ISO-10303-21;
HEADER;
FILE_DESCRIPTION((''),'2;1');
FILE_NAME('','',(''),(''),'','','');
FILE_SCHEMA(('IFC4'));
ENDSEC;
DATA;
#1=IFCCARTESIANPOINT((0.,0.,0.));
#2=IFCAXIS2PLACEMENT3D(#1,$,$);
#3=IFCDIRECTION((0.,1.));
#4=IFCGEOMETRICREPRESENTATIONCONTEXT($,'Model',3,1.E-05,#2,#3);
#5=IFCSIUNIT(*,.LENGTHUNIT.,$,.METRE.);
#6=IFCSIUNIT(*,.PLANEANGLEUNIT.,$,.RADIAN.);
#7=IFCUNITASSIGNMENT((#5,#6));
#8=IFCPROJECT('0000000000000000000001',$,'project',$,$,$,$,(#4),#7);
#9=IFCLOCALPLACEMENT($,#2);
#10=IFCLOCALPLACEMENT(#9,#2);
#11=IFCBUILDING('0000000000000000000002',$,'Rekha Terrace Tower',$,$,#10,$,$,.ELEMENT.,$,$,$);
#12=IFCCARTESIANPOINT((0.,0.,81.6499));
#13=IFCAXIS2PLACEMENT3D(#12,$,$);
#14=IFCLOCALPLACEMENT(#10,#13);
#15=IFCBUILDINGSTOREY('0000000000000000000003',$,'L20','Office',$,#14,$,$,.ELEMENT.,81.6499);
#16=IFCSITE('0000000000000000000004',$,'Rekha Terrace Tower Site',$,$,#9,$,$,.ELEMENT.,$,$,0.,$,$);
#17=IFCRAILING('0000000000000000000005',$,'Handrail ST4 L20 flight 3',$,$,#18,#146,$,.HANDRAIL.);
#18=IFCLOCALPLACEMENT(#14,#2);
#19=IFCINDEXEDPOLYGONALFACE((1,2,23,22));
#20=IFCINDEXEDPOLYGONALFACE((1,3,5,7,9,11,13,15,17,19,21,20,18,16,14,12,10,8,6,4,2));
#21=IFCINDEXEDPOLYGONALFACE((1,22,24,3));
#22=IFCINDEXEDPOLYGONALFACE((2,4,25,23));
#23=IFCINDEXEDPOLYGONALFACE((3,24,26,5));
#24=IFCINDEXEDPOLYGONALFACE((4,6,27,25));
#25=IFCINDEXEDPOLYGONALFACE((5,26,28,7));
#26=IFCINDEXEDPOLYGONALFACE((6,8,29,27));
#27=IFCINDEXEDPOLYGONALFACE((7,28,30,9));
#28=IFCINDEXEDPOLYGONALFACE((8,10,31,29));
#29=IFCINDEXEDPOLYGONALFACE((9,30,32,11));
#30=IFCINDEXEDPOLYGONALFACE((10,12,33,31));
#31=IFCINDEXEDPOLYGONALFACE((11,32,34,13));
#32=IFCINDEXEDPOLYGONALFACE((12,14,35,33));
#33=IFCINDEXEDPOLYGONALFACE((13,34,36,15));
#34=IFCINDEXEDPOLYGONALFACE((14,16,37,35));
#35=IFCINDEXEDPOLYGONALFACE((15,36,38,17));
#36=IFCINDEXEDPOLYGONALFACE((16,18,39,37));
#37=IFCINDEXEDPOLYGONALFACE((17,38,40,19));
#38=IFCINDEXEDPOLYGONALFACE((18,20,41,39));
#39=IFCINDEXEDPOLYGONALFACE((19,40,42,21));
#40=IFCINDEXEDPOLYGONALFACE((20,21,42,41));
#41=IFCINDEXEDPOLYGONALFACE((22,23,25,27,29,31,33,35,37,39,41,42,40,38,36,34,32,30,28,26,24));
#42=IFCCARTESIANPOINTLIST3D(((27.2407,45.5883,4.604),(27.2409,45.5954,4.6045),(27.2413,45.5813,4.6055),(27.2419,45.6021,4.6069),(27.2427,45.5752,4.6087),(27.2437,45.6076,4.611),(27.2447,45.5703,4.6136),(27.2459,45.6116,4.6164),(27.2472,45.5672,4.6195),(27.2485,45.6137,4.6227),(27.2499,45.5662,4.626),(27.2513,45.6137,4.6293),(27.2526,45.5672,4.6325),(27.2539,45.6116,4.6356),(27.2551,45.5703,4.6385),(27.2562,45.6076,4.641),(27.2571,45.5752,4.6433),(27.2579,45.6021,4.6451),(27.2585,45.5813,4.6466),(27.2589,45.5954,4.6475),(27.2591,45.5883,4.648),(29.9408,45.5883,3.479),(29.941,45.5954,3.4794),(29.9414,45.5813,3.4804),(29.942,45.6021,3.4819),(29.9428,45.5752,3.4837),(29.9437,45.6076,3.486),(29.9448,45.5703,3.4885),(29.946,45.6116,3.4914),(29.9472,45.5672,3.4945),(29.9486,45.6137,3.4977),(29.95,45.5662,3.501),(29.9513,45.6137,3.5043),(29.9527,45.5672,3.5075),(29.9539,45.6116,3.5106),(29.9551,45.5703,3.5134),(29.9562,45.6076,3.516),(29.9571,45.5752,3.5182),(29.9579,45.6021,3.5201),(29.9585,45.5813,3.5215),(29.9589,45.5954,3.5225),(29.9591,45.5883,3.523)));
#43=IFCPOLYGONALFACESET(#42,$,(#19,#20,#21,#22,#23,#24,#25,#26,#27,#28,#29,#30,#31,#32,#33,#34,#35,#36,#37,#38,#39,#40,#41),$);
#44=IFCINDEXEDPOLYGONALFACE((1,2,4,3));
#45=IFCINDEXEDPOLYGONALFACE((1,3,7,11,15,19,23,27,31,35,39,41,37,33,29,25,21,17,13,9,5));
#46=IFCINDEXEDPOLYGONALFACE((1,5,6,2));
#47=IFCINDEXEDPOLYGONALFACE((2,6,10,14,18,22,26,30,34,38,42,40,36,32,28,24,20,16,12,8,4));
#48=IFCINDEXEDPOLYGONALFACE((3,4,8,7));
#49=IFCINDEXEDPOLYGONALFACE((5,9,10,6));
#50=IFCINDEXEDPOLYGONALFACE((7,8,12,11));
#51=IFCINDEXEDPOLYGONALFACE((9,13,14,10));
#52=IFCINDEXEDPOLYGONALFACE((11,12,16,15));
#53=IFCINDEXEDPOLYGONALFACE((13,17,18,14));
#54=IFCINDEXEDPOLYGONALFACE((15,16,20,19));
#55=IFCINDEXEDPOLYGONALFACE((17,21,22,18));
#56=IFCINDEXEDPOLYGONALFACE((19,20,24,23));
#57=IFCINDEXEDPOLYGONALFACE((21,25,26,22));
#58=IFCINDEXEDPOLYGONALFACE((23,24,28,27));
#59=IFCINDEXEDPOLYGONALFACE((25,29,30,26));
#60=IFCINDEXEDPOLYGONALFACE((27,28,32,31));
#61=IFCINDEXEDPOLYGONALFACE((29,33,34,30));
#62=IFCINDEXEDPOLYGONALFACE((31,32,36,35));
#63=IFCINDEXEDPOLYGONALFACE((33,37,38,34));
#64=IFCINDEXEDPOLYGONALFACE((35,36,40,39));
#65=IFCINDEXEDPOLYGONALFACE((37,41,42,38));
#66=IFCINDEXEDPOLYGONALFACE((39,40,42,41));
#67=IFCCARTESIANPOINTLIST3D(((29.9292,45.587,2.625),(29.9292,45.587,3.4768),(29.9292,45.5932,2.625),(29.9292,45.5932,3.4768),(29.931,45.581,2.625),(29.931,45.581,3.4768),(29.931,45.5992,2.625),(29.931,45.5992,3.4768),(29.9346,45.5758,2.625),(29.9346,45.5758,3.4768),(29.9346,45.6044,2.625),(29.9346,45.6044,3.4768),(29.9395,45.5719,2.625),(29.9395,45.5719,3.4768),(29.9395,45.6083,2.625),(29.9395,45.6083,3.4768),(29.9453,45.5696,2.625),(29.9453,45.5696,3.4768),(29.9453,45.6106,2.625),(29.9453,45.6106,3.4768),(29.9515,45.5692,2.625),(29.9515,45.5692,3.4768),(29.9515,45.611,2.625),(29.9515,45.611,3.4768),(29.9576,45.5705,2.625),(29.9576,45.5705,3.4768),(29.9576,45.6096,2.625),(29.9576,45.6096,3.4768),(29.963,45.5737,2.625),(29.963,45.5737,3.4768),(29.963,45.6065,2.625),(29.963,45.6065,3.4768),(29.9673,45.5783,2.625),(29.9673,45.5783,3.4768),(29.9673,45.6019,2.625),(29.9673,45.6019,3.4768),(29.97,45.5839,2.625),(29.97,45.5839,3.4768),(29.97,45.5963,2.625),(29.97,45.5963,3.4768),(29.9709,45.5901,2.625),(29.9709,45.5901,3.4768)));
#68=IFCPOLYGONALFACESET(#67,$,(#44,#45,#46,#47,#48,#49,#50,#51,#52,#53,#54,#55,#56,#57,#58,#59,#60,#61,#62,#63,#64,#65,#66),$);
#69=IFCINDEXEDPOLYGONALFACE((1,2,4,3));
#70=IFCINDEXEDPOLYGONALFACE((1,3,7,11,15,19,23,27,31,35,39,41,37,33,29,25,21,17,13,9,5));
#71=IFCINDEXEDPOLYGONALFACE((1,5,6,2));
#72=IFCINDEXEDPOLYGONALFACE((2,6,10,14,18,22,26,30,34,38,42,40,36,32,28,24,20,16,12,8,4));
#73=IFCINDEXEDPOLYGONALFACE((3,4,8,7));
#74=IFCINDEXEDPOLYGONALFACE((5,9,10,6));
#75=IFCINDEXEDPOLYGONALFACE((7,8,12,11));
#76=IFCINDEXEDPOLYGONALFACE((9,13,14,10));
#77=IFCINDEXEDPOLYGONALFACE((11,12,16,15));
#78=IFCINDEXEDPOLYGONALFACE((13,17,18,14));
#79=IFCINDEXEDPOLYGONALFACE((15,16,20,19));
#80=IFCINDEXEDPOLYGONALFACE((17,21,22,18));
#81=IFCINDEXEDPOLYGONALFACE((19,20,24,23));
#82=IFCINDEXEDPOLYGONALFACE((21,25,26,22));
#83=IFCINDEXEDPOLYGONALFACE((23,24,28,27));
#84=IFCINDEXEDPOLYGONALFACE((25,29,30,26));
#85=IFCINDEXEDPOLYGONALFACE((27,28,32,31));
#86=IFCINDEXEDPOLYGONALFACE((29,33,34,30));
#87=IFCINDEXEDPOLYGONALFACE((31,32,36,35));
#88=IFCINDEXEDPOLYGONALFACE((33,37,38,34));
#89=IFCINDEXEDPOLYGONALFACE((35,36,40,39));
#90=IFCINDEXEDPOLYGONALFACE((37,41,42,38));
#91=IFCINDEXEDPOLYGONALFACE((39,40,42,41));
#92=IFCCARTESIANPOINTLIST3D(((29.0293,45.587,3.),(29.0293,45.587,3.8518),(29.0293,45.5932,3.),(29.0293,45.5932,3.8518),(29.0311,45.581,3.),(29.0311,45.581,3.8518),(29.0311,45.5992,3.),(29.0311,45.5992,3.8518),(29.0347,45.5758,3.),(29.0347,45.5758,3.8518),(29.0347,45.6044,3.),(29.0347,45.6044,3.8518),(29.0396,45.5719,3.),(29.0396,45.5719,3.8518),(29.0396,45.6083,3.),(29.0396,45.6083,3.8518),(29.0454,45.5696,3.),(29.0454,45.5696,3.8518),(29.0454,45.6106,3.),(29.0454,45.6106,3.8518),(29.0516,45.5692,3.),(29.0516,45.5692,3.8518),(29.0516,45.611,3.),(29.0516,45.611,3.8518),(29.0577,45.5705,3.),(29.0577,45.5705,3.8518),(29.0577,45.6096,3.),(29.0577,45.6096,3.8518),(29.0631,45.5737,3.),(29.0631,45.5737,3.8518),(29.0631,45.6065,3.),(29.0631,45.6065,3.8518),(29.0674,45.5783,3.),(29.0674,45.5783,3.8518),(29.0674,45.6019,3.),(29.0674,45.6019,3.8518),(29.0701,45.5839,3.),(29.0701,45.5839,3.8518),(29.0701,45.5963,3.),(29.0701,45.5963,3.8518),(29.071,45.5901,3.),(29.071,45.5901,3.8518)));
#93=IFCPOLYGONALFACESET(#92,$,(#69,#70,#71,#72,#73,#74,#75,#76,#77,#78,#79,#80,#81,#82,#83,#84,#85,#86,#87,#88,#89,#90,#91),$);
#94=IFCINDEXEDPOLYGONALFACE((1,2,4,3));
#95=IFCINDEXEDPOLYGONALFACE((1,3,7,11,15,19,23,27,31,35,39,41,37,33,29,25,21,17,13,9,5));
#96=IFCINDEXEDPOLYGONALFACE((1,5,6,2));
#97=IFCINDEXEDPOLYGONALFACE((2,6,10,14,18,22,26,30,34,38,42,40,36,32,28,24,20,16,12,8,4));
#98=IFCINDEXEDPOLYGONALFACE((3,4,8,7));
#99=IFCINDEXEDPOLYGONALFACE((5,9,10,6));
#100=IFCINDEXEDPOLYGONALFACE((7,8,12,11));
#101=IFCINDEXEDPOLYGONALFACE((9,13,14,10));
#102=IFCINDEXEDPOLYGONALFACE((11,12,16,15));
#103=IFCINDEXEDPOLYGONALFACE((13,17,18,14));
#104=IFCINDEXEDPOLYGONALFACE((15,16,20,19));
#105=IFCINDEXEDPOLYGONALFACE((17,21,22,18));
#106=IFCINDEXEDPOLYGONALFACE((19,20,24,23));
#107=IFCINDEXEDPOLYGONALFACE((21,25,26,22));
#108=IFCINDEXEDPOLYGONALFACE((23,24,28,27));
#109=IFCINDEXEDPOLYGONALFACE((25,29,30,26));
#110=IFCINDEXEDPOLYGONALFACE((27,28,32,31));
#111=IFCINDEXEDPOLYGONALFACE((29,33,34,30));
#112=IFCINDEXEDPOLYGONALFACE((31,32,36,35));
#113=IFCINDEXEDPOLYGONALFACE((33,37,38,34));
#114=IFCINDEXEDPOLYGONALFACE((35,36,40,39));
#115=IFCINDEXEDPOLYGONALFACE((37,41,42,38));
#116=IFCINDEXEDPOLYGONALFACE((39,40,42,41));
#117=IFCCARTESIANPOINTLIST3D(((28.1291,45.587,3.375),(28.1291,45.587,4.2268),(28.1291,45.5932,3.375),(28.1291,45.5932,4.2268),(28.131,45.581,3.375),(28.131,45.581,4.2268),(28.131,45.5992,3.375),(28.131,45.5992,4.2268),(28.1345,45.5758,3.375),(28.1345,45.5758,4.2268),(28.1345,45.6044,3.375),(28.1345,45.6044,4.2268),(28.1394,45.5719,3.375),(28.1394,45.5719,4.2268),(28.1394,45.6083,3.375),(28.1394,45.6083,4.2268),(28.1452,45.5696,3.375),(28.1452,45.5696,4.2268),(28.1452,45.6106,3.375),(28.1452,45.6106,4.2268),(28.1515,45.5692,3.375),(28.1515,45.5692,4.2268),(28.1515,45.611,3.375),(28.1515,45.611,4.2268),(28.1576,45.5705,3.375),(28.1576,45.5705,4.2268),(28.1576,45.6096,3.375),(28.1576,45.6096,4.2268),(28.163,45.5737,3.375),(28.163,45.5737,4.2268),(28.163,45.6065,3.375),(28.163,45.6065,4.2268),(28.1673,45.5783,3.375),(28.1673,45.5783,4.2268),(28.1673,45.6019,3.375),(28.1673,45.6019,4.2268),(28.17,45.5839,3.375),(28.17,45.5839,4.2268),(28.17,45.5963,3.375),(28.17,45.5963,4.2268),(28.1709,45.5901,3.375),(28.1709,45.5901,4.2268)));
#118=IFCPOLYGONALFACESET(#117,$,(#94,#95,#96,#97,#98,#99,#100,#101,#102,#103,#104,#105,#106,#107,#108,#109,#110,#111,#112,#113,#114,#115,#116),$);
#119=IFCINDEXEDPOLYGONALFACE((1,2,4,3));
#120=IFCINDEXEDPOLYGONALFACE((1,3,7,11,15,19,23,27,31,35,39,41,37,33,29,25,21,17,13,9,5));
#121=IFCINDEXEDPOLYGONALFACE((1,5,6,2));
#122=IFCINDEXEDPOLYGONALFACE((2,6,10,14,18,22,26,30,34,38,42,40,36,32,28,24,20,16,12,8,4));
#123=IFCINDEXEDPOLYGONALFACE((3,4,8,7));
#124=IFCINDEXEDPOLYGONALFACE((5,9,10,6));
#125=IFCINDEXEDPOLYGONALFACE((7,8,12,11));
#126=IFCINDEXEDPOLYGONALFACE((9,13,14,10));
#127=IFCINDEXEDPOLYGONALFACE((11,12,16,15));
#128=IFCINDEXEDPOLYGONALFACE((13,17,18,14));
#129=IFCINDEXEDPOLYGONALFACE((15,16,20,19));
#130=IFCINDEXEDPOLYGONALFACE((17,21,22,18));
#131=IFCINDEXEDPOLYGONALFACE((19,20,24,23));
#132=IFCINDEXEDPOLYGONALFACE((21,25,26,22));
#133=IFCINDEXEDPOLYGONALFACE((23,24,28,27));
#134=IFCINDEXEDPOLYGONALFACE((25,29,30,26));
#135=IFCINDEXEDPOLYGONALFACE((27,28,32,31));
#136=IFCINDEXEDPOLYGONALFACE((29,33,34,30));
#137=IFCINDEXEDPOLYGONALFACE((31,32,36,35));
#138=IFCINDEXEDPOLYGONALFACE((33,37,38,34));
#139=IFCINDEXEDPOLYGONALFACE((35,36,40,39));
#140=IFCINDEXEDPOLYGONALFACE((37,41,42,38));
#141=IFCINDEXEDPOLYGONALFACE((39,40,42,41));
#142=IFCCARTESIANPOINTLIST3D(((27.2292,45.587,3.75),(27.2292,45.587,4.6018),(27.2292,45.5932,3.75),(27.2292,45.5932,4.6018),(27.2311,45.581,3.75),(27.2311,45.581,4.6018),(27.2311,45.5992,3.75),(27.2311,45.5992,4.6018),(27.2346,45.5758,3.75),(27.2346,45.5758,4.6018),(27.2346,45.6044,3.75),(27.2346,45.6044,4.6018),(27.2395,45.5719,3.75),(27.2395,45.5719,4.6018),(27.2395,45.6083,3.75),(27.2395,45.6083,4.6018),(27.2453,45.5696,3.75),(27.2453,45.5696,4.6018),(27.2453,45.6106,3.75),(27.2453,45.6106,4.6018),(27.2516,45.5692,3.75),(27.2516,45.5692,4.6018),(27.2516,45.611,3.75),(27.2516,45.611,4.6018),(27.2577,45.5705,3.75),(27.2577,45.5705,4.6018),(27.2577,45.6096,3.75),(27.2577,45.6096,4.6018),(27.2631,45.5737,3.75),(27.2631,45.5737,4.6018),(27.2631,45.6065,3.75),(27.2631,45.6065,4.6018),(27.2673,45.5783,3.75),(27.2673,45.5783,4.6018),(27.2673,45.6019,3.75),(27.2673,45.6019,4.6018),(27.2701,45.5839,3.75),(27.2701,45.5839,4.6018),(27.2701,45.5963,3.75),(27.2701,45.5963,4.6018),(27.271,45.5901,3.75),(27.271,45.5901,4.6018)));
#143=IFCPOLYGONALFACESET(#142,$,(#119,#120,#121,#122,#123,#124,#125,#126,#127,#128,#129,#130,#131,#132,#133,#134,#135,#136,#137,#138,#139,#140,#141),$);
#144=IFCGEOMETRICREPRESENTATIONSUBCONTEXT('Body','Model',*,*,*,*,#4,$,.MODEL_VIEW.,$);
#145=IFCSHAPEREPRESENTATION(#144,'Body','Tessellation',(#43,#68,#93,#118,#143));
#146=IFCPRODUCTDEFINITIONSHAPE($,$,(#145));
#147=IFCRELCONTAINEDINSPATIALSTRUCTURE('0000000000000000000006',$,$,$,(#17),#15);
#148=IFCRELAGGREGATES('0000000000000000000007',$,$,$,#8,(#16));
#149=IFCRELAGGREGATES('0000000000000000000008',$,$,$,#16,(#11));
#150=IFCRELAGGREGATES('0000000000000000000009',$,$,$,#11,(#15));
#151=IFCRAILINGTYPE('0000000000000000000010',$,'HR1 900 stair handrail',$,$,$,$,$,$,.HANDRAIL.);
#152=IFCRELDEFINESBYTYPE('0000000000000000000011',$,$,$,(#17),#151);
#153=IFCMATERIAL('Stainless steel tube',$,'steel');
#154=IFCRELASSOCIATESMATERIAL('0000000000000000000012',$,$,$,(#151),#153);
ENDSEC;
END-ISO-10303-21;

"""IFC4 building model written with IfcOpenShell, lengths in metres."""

from ifc_helpers import new_model, si_unit, direction, frame, origin, origin_2d, place, context, subcontext, project, spatial, circle, extrude, material, type_object, element, save


model = new_model("IFC4")

# Units and contexts
model_context = context("Model", 3, precision=1e-05, world=origin(), true_north=direction((0.0, 1.0)))
body_context = subcontext(model_context, "Body", "Model", "MODEL_VIEW")
ifc_project = project(units=[si_unit("LENGTHUNIT", "METRE"), si_unit("PLANEANGLEUNIT", "RADIAN")], contexts=[model_context])

# Site, building, storey
site_placement = place(None, origin())
site = spatial("IfcSite", under=ifc_project, at=site_placement, Name="Rekha Terrace Tower Site", CompositionType="ELEMENT", RefElevation=0.0)
building_placement = place(site_placement, origin())
building = spatial("IfcBuilding", under=site, at=building_placement, Name="Rekha Terrace Tower", CompositionType="ELEMENT")
storey_placement = place(building_placement, frame((0.0, 0.0, 81.6499)))
storey = spatial("IfcBuildingStorey", under=building, at=storey_placement, Name="L20", Description="Office", CompositionType="ELEMENT", Elevation=81.6499)

# Railing
ifc_material_1 = material(Name="Stainless steel tube", Category="steel")
railing_type_1 = type_object("IfcRailingType", Name="HR1 900 stair handrail", PredefinedType="HANDRAIL", material=ifc_material_1)
railing_1_placement = place(storey_placement, frame((29.95, 45.5901, 2.625)))
element("IfcRailing", 1, at=railing_1_placement, inside=storey, type_object=railing_type_1, Name="Handrail ST4 L20 flight 3", PredefinedType="HANDRAIL", context=body_context, shape_type="SweptSolid", body=[
    extrude(circle(Radius=0.0239, at=origin_2d()), frame((0.0, 0.0, 0.876), z_axis=(-0.923074, 0.0, 0.384621), x_axis=(0.0, -1.0, 0.0)), (0.0, 0.0, 1.0), 2.925),
    extrude(circle(Radius=0.021, at=origin_2d()), origin(), (0.0, 0.0, 1.0), 0.8518),
    extrude(circle(Radius=0.021, at=origin_2d()), frame((-0.8999, 0.0, 0.375)), (0.0, 0.0, 1.0), 0.8518),
    extrude(circle(Radius=0.021, at=origin_2d()), frame((-1.8, 0.0, 0.75)), (0.0, 0.0, 1.0), 0.8518),
    extrude(circle(Radius=0.021, at=origin_2d()), frame((-2.7, 0.0, 1.125)), (0.0, 0.0, 1.0), 0.8518),
])

save(model, "model.ifc")
